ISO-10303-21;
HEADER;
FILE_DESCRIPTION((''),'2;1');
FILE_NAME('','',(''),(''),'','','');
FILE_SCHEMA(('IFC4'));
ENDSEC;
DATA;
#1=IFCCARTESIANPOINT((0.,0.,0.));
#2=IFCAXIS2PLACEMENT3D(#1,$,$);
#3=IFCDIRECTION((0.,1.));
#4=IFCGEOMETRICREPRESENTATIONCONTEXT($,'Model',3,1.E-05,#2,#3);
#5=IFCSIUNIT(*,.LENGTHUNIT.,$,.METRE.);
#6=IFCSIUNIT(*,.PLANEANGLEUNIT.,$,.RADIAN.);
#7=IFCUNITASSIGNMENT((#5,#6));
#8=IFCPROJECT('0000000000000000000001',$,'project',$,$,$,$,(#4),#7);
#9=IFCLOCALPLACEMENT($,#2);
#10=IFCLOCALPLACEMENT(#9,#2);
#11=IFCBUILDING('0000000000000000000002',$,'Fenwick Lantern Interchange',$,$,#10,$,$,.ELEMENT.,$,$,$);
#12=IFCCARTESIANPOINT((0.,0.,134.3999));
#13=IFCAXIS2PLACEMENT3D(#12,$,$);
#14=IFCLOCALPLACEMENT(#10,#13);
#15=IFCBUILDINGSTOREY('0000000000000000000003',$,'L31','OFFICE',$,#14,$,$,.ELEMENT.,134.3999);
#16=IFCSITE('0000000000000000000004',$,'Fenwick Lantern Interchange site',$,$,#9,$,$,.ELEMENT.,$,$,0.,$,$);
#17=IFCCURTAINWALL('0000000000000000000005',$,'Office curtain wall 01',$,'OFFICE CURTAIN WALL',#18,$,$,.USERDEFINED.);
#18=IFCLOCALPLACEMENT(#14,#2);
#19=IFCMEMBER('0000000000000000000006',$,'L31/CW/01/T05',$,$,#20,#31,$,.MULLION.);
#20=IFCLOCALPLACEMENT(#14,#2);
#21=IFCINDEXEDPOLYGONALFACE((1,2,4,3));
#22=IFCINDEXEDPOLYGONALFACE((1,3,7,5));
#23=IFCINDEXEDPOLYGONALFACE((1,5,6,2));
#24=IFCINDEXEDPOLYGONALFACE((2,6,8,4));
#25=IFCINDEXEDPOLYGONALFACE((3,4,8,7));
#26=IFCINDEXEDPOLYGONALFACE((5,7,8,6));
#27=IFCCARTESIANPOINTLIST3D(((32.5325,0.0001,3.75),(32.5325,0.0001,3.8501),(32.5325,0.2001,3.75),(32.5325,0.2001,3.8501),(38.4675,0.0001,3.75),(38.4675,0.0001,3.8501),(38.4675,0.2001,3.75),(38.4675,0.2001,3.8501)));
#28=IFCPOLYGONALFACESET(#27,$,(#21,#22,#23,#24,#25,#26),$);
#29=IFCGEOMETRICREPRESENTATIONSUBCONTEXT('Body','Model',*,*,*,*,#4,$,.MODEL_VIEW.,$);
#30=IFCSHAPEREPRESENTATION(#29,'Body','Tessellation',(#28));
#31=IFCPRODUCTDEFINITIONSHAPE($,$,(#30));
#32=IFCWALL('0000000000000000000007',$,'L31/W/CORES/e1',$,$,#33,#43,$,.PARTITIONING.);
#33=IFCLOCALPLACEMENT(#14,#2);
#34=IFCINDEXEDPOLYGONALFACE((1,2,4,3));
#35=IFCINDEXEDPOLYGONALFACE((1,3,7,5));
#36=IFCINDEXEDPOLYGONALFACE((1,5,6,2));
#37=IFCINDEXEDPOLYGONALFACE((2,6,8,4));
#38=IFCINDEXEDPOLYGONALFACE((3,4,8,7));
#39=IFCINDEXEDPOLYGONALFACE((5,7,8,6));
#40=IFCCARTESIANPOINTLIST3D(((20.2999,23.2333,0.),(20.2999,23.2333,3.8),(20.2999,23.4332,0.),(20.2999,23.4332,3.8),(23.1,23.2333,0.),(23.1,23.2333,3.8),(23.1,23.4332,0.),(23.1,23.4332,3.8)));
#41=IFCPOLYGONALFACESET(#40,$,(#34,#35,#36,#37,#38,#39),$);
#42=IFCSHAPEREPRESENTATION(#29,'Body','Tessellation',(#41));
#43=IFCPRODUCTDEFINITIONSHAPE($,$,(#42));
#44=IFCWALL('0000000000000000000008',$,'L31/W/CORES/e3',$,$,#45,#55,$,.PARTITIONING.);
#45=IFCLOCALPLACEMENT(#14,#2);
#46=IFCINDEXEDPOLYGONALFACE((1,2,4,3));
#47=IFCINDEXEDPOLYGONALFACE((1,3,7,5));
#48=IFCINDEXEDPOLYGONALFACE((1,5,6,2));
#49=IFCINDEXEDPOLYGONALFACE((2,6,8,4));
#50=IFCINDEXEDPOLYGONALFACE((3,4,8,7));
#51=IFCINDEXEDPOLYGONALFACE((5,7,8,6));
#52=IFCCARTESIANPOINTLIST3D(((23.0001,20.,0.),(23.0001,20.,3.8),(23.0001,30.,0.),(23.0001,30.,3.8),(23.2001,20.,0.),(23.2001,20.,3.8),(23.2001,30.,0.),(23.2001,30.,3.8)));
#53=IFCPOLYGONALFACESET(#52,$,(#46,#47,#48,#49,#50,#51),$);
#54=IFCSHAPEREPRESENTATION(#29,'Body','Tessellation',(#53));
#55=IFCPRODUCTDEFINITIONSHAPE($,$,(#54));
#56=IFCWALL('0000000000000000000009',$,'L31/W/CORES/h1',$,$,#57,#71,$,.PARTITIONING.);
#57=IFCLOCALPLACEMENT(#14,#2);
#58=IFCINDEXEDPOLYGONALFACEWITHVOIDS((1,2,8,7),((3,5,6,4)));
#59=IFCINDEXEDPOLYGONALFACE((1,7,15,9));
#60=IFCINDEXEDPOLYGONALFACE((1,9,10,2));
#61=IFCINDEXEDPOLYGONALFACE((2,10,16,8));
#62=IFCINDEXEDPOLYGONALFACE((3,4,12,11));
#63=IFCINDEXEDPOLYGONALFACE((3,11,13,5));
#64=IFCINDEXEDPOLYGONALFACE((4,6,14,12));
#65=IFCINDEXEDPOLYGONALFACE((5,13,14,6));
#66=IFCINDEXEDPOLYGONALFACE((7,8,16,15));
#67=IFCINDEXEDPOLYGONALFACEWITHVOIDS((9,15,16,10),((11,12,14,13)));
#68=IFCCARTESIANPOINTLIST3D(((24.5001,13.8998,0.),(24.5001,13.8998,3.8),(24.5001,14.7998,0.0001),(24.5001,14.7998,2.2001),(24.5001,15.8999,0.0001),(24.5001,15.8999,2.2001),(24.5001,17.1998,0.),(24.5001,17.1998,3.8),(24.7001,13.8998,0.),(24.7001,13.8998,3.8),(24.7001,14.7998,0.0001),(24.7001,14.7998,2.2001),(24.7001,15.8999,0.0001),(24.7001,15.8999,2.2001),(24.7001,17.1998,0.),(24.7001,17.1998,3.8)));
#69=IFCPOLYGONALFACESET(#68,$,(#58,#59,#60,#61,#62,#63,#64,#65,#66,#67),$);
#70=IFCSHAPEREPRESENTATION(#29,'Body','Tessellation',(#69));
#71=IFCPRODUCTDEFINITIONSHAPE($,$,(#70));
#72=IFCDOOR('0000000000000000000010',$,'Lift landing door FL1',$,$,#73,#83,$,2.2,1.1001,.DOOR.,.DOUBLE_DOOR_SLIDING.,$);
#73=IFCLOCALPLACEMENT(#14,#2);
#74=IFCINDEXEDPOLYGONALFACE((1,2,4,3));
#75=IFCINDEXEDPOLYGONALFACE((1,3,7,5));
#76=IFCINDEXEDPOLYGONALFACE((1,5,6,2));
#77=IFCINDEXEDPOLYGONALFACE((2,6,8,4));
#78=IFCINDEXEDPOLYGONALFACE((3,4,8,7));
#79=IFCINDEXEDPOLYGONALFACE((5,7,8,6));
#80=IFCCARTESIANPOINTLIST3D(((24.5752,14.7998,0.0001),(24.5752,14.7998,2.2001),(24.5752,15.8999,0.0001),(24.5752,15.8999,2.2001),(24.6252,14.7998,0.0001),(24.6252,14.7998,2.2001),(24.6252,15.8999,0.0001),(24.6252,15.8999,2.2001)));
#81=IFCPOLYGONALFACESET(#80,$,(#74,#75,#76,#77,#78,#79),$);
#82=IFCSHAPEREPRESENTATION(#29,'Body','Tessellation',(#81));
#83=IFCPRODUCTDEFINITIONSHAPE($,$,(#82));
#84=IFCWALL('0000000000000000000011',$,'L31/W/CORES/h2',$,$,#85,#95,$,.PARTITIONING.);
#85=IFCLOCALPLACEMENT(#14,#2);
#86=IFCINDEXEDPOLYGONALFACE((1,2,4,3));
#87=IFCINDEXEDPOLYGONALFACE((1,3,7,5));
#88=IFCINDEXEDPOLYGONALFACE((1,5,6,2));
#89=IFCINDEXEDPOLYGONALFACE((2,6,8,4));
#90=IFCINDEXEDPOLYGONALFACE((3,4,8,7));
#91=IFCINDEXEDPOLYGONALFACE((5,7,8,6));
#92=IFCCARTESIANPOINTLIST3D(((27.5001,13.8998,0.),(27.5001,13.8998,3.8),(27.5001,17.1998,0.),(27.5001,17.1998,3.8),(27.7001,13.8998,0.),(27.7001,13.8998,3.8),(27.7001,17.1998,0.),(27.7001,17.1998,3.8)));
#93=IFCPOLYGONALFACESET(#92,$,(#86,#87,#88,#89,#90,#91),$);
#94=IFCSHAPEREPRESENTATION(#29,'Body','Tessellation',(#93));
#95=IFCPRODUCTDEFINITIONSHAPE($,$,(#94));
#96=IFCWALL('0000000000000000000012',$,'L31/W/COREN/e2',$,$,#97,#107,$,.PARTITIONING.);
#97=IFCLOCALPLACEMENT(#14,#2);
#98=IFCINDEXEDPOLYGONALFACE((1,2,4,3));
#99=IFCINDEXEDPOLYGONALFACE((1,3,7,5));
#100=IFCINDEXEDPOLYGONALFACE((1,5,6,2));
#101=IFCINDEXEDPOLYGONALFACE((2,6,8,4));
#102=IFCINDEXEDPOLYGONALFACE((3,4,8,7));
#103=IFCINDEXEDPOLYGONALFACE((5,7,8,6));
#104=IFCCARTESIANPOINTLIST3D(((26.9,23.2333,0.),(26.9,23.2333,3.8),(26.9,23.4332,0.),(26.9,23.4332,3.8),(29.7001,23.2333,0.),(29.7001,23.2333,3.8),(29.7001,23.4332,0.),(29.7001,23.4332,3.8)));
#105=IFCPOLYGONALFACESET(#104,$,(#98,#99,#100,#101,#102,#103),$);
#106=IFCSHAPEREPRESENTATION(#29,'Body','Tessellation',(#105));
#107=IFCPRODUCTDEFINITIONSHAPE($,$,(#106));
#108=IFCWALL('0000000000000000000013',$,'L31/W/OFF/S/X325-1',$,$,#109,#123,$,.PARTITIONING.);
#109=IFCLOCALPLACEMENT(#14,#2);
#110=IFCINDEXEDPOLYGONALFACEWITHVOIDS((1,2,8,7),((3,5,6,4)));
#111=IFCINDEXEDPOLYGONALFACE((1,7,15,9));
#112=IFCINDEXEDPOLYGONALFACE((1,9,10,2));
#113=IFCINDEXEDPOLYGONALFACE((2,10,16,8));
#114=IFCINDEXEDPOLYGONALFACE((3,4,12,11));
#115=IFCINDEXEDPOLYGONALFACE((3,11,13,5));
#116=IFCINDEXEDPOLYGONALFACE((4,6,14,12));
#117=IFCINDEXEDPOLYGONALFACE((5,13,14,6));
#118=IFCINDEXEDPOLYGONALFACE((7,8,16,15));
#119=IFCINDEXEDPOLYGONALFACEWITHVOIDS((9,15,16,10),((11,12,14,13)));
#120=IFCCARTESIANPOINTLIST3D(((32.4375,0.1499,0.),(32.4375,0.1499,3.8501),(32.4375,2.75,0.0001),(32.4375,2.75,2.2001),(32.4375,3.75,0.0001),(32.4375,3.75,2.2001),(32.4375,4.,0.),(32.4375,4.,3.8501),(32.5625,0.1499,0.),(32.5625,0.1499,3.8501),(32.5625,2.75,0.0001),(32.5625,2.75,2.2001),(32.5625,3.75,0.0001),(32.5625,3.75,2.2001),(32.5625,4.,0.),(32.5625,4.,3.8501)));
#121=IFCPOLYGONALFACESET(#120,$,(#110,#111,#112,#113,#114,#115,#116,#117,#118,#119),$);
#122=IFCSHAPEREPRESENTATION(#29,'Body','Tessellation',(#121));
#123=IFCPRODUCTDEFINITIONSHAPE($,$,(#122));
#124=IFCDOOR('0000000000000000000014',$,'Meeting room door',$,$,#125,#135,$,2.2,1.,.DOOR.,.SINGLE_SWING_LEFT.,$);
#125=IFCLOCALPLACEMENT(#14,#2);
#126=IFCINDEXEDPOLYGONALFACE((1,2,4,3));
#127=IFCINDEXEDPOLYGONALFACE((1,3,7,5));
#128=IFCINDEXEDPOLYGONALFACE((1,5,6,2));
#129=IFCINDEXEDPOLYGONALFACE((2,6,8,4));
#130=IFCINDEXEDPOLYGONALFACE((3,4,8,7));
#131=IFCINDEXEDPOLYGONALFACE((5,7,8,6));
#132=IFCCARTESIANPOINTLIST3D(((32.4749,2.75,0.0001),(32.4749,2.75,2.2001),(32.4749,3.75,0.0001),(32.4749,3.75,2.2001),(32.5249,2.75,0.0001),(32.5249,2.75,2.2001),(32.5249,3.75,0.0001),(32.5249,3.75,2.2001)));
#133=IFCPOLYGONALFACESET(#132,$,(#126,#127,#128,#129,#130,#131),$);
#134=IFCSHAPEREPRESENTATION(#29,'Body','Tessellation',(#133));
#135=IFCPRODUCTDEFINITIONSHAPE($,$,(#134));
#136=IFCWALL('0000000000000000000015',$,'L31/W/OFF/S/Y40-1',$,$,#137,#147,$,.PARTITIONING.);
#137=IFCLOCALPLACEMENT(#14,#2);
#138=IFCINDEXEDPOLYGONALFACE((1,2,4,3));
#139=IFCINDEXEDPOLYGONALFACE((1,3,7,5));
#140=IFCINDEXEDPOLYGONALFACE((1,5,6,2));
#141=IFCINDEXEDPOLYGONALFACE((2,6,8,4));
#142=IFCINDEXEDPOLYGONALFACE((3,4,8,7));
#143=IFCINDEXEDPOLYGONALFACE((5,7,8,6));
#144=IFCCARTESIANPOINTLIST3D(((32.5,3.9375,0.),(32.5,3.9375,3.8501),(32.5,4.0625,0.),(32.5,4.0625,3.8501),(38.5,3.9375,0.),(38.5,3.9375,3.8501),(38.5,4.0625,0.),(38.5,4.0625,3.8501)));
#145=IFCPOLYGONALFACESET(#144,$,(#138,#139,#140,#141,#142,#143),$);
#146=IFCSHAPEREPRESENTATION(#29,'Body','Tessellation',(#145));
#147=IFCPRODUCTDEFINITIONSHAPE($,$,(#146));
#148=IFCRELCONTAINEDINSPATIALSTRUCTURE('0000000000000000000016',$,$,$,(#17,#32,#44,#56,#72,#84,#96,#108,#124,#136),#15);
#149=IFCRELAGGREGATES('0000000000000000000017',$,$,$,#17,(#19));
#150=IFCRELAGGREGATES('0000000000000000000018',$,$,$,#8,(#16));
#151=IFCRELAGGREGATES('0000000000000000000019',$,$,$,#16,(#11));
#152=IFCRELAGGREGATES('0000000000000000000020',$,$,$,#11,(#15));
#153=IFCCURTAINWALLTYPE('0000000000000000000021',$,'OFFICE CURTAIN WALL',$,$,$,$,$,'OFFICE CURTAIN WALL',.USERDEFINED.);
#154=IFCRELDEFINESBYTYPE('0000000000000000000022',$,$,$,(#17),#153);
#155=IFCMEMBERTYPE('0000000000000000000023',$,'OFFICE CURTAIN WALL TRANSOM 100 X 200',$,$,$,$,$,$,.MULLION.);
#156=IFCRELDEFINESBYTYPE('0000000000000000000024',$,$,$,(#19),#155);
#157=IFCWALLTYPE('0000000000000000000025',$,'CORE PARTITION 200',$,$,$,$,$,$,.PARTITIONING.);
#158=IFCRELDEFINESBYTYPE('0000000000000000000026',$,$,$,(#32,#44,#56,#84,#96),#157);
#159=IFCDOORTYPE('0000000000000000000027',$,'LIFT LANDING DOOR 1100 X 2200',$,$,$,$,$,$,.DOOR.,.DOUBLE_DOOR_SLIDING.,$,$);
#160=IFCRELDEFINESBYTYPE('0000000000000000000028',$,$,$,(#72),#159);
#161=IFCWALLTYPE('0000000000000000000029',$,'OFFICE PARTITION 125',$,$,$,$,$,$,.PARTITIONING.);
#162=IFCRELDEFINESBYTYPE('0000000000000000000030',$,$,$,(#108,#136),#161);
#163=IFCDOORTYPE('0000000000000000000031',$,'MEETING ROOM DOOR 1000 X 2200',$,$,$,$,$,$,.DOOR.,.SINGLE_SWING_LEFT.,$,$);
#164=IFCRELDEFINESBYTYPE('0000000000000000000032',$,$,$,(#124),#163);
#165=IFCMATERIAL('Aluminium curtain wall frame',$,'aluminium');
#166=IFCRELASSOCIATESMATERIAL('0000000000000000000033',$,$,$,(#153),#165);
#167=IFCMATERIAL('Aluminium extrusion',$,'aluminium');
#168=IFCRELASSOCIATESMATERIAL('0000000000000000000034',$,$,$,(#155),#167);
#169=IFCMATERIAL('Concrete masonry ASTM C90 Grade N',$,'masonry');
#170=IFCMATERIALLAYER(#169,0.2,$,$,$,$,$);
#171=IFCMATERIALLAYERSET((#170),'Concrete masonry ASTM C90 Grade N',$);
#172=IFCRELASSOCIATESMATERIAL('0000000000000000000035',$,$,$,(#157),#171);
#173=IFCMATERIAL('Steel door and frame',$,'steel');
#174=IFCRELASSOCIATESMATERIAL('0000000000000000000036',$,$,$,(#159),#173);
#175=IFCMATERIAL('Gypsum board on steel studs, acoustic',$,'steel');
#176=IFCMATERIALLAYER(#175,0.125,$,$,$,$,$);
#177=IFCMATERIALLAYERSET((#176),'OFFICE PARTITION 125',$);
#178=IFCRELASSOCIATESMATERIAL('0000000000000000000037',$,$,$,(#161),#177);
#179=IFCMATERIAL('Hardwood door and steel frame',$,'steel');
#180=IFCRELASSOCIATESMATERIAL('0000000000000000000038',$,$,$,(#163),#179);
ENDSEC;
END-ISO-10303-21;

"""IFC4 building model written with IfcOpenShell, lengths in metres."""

from ifc_helpers import new_model, si_unit, direction, frame, frame_2d, origin, origin_2d, place, context, subcontext, project, spatial, rectangle, extrude, material, layer, layer_set, material_profile, profile_set, type_object, element, fill, aggregate, save


model = new_model("IFC4")

# Units and contexts
model_context = context("Model", 3, precision=1e-05, world=origin(), true_north=direction((0.0, 1.0)))
body_context = subcontext(model_context, "Body", "Model", "MODEL_VIEW")
ifc_project = project(units=[si_unit("LENGTHUNIT", "METRE"), si_unit("PLANEANGLEUNIT", "RADIAN")], contexts=[model_context])

# Site, building, storey
site_placement = place(None, origin())
site = spatial("IfcSite", under=ifc_project, at=site_placement, Name="Fenwick Lantern Interchange site", CompositionType="ELEMENT", RefElevation=0.0)
building_placement = place(site_placement, origin())
building = spatial("IfcBuilding", under=site, at=building_placement, Name="Fenwick Lantern Interchange", CompositionType="ELEMENT")
storey_placement = place(building_placement, frame((0.0, 0.0, 134.3999)))
storey = spatial("IfcBuildingStorey", under=building, at=storey_placement, Name="L31", Description="OFFICE", CompositionType="ELEMENT", Elevation=134.3999)

# Curtain wall, member
ifc_material_1 = material(Name="Aluminium curtain wall frame", Category="aluminium")
curtain_wall_type = type_object("IfcCurtainWallType", Name="OFFICE CURTAIN WALL", ElementType="OFFICE CURTAIN WALL", PredefinedType="USERDEFINED", material=ifc_material_1)
curtain_wall_placement = place(storey_placement, origin())
curtain_wall = element("IfcCurtainWall", 1, at=curtain_wall_placement, inside=storey, type_object=curtain_wall_type, Name="Office curtain wall 01", ObjectType="OFFICE CURTAIN WALL", PredefinedType="USERDEFINED")
ifc_material_2 = material(Name="Aluminium extrusion", Category="aluminium")
ifc_material_profile_1 = material_profile(ifc_material_2, rectangle(XDim=0.2, YDim=0.1001, at=origin_2d()), Name="OFFICE CURTAIN WALL TRANSOM 100 X 200")
ifc_profile_set_1 = profile_set([ifc_material_profile_1], Name="Aluminium extrusion")
member_type_1 = type_object("IfcMemberType", Name="OFFICE CURTAIN WALL TRANSOM 100 X 200", PredefinedType="MULLION", material=ifc_profile_set_1)
member_1_placement = place(storey_placement, frame((32.5325, 0.1001, 3.8), z_axis=(1.0, 0.0, 0.0), x_axis=(0.0, 1.0, 0.0)))
member_1 = element("IfcMember", 2, at=member_1_placement, type_object=member_type_1, Name="L31/CW/01/T05", PredefinedType="MULLION", context=body_context, shape_type="SweptSolid", body=[
    extrude(rectangle(XDim=0.2, YDim=0.1001, at=origin_2d()), origin(), (0.0, 0.0, 1.0), 5.9351),
])
aggregate(curtain_wall, [member_1])

# Walls
ifc_material_3 = material(Name="Concrete masonry ASTM C90 Grade N", Category="masonry")
ifc_layer_1 = layer(ifc_material_3, 0.2)
ifc_layer_set_1 = layer_set([ifc_layer_1], Name="Concrete masonry ASTM C90 Grade N")
wall_type_1 = type_object("IfcWallType", Name="CORE PARTITION 200", PredefinedType="PARTITIONING", material=ifc_layer_set_1)
wall_1_placement = place(storey_placement, frame((20.3, 23.3333, 0.0), z_axis=(0.0, 0.0, 1.0), x_axis=(1.0, 0.0, 0.0)))
element("IfcWall", 3, at=wall_1_placement, inside=storey, type_object=wall_type_1, Name="L31/W/CORES/e1", PredefinedType="PARTITIONING", context=body_context, shape_type="SweptSolid", body=[
    extrude(rectangle(XDim=2.8, YDim=0.2, at=frame_2d((1.3999, 0.0))), origin(), (0.0, 0.0, 1.0), 3.8),
])
wall_2_placement = place(storey_placement, frame((23.1001, 20.0, 0.0), z_axis=(0.0, 0.0, 1.0), x_axis=(0.0, 1.0, 0.0)))
element("IfcWall", 4, at=wall_2_placement, inside=storey, type_object=wall_type_1, Name="L31/W/CORES/e3", PredefinedType="PARTITIONING", context=body_context, shape_type="SweptSolid", body=[
    extrude(rectangle(XDim=10.0, YDim=0.2, at=frame_2d((5.0, 0.0))), origin(), (0.0, 0.0, 1.0), 3.8),
])

# Wall, opening, door
wall_3_placement = place(storey_placement, frame((24.6001, 13.8999, 0.0), z_axis=(0.0, 0.0, 1.0), x_axis=(0.0, 1.0, 0.0)))
wall_3 = element("IfcWall", 5, at=wall_3_placement, inside=storey, type_object=wall_type_1, Name="L31/W/CORES/h1", PredefinedType="PARTITIONING", context=body_context, shape_type="SweptSolid", body=[
    extrude(rectangle(XDim=3.3, YDim=0.2, at=frame_2d((1.6499, 0.0))), origin(), (0.0, 0.0, 1.0), 3.8),
])
opening_1_placement = place(wall_3_placement, frame((0.8999, 0.0, 0.0)))
opening_1 = element("IfcOpeningElement", 6, at=opening_1_placement, cuts=wall_3, PredefinedType="OPENING", context=body_context, shape_type="SweptSolid", body=[
    extrude(rectangle(XDim=1.1001, YDim=2.2, at=frame_2d((0.55, 1.1001))), frame((0.0, 0.1099, 0.0), z_axis=(0.0, -1.0, 0.0), x_axis=(1.0, 0.0, 0.0)), (0.0, 0.0, 1.0), 0.22),
])
ifc_material_4 = material(Name="Steel door and frame", Category="steel")
door_type_1 = type_object("IfcDoorType", Name="LIFT LANDING DOOR 1100 X 2200", OperationType="DOUBLE_DOOR_SLIDING", PredefinedType="DOOR", material=ifc_material_4)
door_1_placement = place(opening_1_placement, origin())
door_1 = element("IfcDoor", 7, at=door_1_placement, inside=storey, type_object=door_type_1, Name="Lift landing door FL1", OperationType="DOUBLE_DOOR_SLIDING", OverallHeight=2.2, OverallWidth=1.1001, PredefinedType="DOOR", context=body_context, shape_type="SweptSolid", body=[
    extrude(rectangle(XDim=1.1001, YDim=2.2, at=frame_2d((0.55, 1.1001))), frame((0.0, 0.0249, 0.0), z_axis=(0.0, -1.0, 0.0), x_axis=(1.0, 0.0, 0.0)), (0.0, 0.0, 1.0), 0.05),
])
fill(opening_1, door_1)

# Walls
wall_4_placement = place(storey_placement, frame((27.6001, 13.8999, 0.0), z_axis=(0.0, 0.0, 1.0), x_axis=(0.0, 1.0, 0.0)))
element("IfcWall", 8, at=wall_4_placement, inside=storey, type_object=wall_type_1, Name="L31/W/CORES/h2", PredefinedType="PARTITIONING", context=body_context, shape_type="SweptSolid", body=[
    extrude(rectangle(XDim=3.3, YDim=0.2, at=frame_2d((1.6499, 0.0))), origin(), (0.0, 0.0, 1.0), 3.8),
])
wall_5_placement = place(storey_placement, frame((29.7, 23.3333, 0.0), z_axis=(0.0, 0.0, 1.0), x_axis=(-1.0, 0.0, 0.0)))
element("IfcWall", 9, at=wall_5_placement, inside=storey, type_object=wall_type_1, Name="L31/W/COREN/e2", PredefinedType="PARTITIONING", context=body_context, shape_type="SweptSolid", body=[
    extrude(rectangle(XDim=2.8, YDim=0.2, at=frame_2d((1.3999, 0.0))), origin(), (0.0, 0.0, 1.0), 3.8),
])

# Wall, opening, door
ifc_material_5 = material(Name="Gypsum board on steel studs, acoustic", Category="steel")
ifc_layer_2 = layer(ifc_material_5, 0.125)
ifc_layer_set_2 = layer_set([ifc_layer_2], Name="OFFICE PARTITION 125")
wall_type_2 = type_object("IfcWallType", Name="OFFICE PARTITION 125", PredefinedType="PARTITIONING", material=ifc_layer_set_2)
wall_6_placement = place(storey_placement, frame((32.5, 0.1499, 0.0), z_axis=(0.0, 0.0, 1.0), x_axis=(0.0, 1.0, 0.0)))
wall_6 = element("IfcWall", 10, at=wall_6_placement, inside=storey, type_object=wall_type_2, Name="L31/W/OFF/S/X325-1", PredefinedType="PARTITIONING", context=body_context, shape_type="SweptSolid", body=[
    extrude(rectangle(XDim=3.8501, YDim=0.125, at=frame_2d((1.925, 0.0))), origin(), (0.0, 0.0, 1.0), 3.8501),
])
opening_2_placement = place(wall_6_placement, frame((2.6001, 0.0, 0.0)))
opening_2 = element("IfcOpeningElement", 11, at=opening_2_placement, cuts=wall_6, PredefinedType="OPENING", context=body_context, shape_type="SweptSolid", body=[
    extrude(rectangle(XDim=1.0, YDim=2.2, at=frame_2d((0.5, 1.1001))), frame((0.0, 0.0725, 0.0), z_axis=(0.0, -1.0, 0.0), x_axis=(1.0, 0.0, 0.0)), (0.0, 0.0, 1.0), 0.145),
])
ifc_material_6 = material(Name="Hardwood door and steel frame", Category="steel")
door_type_2 = type_object("IfcDoorType", Name="MEETING ROOM DOOR 1000 X 2200", OperationType="SINGLE_SWING_LEFT", PredefinedType="DOOR", material=ifc_material_6)
door_2_placement = place(opening_2_placement, frame((1.0, 0.0, 0.0), z_axis=(0.0, 0.0, 1.0), x_axis=(-1.0, 0.0, 0.0)))
door_2 = element("IfcDoor", 12, at=door_2_placement, inside=storey, type_object=door_type_2, Name="Meeting room door", OperationType="SINGLE_SWING_LEFT", OverallHeight=2.2, OverallWidth=1.0, PredefinedType="DOOR", context=body_context, shape_type="SweptSolid", body=[
    extrude(rectangle(XDim=1.0, YDim=2.2, at=frame_2d((0.5, 1.1001))), frame((0.0, 0.0249, 0.0), z_axis=(0.0, -1.0, 0.0), x_axis=(1.0, 0.0, 0.0)), (0.0, 0.0, 1.0), 0.05),
])
fill(opening_2, door_2)

# Wall
wall_7_placement = place(storey_placement, frame((32.5, 4.0, 0.0), z_axis=(0.0, 0.0, 1.0), x_axis=(1.0, 0.0, 0.0)))
element("IfcWall", 13, at=wall_7_placement, inside=storey, type_object=wall_type_2, Name="L31/W/OFF/S/Y40-1", PredefinedType="PARTITIONING", context=body_context, shape_type="SweptSolid", body=[
    extrude(rectangle(XDim=6.0, YDim=0.125, at=frame_2d((3.0, 0.0))), origin(), (0.0, 0.0, 1.0), 3.8501),
])

save(model, "model.ifc")
